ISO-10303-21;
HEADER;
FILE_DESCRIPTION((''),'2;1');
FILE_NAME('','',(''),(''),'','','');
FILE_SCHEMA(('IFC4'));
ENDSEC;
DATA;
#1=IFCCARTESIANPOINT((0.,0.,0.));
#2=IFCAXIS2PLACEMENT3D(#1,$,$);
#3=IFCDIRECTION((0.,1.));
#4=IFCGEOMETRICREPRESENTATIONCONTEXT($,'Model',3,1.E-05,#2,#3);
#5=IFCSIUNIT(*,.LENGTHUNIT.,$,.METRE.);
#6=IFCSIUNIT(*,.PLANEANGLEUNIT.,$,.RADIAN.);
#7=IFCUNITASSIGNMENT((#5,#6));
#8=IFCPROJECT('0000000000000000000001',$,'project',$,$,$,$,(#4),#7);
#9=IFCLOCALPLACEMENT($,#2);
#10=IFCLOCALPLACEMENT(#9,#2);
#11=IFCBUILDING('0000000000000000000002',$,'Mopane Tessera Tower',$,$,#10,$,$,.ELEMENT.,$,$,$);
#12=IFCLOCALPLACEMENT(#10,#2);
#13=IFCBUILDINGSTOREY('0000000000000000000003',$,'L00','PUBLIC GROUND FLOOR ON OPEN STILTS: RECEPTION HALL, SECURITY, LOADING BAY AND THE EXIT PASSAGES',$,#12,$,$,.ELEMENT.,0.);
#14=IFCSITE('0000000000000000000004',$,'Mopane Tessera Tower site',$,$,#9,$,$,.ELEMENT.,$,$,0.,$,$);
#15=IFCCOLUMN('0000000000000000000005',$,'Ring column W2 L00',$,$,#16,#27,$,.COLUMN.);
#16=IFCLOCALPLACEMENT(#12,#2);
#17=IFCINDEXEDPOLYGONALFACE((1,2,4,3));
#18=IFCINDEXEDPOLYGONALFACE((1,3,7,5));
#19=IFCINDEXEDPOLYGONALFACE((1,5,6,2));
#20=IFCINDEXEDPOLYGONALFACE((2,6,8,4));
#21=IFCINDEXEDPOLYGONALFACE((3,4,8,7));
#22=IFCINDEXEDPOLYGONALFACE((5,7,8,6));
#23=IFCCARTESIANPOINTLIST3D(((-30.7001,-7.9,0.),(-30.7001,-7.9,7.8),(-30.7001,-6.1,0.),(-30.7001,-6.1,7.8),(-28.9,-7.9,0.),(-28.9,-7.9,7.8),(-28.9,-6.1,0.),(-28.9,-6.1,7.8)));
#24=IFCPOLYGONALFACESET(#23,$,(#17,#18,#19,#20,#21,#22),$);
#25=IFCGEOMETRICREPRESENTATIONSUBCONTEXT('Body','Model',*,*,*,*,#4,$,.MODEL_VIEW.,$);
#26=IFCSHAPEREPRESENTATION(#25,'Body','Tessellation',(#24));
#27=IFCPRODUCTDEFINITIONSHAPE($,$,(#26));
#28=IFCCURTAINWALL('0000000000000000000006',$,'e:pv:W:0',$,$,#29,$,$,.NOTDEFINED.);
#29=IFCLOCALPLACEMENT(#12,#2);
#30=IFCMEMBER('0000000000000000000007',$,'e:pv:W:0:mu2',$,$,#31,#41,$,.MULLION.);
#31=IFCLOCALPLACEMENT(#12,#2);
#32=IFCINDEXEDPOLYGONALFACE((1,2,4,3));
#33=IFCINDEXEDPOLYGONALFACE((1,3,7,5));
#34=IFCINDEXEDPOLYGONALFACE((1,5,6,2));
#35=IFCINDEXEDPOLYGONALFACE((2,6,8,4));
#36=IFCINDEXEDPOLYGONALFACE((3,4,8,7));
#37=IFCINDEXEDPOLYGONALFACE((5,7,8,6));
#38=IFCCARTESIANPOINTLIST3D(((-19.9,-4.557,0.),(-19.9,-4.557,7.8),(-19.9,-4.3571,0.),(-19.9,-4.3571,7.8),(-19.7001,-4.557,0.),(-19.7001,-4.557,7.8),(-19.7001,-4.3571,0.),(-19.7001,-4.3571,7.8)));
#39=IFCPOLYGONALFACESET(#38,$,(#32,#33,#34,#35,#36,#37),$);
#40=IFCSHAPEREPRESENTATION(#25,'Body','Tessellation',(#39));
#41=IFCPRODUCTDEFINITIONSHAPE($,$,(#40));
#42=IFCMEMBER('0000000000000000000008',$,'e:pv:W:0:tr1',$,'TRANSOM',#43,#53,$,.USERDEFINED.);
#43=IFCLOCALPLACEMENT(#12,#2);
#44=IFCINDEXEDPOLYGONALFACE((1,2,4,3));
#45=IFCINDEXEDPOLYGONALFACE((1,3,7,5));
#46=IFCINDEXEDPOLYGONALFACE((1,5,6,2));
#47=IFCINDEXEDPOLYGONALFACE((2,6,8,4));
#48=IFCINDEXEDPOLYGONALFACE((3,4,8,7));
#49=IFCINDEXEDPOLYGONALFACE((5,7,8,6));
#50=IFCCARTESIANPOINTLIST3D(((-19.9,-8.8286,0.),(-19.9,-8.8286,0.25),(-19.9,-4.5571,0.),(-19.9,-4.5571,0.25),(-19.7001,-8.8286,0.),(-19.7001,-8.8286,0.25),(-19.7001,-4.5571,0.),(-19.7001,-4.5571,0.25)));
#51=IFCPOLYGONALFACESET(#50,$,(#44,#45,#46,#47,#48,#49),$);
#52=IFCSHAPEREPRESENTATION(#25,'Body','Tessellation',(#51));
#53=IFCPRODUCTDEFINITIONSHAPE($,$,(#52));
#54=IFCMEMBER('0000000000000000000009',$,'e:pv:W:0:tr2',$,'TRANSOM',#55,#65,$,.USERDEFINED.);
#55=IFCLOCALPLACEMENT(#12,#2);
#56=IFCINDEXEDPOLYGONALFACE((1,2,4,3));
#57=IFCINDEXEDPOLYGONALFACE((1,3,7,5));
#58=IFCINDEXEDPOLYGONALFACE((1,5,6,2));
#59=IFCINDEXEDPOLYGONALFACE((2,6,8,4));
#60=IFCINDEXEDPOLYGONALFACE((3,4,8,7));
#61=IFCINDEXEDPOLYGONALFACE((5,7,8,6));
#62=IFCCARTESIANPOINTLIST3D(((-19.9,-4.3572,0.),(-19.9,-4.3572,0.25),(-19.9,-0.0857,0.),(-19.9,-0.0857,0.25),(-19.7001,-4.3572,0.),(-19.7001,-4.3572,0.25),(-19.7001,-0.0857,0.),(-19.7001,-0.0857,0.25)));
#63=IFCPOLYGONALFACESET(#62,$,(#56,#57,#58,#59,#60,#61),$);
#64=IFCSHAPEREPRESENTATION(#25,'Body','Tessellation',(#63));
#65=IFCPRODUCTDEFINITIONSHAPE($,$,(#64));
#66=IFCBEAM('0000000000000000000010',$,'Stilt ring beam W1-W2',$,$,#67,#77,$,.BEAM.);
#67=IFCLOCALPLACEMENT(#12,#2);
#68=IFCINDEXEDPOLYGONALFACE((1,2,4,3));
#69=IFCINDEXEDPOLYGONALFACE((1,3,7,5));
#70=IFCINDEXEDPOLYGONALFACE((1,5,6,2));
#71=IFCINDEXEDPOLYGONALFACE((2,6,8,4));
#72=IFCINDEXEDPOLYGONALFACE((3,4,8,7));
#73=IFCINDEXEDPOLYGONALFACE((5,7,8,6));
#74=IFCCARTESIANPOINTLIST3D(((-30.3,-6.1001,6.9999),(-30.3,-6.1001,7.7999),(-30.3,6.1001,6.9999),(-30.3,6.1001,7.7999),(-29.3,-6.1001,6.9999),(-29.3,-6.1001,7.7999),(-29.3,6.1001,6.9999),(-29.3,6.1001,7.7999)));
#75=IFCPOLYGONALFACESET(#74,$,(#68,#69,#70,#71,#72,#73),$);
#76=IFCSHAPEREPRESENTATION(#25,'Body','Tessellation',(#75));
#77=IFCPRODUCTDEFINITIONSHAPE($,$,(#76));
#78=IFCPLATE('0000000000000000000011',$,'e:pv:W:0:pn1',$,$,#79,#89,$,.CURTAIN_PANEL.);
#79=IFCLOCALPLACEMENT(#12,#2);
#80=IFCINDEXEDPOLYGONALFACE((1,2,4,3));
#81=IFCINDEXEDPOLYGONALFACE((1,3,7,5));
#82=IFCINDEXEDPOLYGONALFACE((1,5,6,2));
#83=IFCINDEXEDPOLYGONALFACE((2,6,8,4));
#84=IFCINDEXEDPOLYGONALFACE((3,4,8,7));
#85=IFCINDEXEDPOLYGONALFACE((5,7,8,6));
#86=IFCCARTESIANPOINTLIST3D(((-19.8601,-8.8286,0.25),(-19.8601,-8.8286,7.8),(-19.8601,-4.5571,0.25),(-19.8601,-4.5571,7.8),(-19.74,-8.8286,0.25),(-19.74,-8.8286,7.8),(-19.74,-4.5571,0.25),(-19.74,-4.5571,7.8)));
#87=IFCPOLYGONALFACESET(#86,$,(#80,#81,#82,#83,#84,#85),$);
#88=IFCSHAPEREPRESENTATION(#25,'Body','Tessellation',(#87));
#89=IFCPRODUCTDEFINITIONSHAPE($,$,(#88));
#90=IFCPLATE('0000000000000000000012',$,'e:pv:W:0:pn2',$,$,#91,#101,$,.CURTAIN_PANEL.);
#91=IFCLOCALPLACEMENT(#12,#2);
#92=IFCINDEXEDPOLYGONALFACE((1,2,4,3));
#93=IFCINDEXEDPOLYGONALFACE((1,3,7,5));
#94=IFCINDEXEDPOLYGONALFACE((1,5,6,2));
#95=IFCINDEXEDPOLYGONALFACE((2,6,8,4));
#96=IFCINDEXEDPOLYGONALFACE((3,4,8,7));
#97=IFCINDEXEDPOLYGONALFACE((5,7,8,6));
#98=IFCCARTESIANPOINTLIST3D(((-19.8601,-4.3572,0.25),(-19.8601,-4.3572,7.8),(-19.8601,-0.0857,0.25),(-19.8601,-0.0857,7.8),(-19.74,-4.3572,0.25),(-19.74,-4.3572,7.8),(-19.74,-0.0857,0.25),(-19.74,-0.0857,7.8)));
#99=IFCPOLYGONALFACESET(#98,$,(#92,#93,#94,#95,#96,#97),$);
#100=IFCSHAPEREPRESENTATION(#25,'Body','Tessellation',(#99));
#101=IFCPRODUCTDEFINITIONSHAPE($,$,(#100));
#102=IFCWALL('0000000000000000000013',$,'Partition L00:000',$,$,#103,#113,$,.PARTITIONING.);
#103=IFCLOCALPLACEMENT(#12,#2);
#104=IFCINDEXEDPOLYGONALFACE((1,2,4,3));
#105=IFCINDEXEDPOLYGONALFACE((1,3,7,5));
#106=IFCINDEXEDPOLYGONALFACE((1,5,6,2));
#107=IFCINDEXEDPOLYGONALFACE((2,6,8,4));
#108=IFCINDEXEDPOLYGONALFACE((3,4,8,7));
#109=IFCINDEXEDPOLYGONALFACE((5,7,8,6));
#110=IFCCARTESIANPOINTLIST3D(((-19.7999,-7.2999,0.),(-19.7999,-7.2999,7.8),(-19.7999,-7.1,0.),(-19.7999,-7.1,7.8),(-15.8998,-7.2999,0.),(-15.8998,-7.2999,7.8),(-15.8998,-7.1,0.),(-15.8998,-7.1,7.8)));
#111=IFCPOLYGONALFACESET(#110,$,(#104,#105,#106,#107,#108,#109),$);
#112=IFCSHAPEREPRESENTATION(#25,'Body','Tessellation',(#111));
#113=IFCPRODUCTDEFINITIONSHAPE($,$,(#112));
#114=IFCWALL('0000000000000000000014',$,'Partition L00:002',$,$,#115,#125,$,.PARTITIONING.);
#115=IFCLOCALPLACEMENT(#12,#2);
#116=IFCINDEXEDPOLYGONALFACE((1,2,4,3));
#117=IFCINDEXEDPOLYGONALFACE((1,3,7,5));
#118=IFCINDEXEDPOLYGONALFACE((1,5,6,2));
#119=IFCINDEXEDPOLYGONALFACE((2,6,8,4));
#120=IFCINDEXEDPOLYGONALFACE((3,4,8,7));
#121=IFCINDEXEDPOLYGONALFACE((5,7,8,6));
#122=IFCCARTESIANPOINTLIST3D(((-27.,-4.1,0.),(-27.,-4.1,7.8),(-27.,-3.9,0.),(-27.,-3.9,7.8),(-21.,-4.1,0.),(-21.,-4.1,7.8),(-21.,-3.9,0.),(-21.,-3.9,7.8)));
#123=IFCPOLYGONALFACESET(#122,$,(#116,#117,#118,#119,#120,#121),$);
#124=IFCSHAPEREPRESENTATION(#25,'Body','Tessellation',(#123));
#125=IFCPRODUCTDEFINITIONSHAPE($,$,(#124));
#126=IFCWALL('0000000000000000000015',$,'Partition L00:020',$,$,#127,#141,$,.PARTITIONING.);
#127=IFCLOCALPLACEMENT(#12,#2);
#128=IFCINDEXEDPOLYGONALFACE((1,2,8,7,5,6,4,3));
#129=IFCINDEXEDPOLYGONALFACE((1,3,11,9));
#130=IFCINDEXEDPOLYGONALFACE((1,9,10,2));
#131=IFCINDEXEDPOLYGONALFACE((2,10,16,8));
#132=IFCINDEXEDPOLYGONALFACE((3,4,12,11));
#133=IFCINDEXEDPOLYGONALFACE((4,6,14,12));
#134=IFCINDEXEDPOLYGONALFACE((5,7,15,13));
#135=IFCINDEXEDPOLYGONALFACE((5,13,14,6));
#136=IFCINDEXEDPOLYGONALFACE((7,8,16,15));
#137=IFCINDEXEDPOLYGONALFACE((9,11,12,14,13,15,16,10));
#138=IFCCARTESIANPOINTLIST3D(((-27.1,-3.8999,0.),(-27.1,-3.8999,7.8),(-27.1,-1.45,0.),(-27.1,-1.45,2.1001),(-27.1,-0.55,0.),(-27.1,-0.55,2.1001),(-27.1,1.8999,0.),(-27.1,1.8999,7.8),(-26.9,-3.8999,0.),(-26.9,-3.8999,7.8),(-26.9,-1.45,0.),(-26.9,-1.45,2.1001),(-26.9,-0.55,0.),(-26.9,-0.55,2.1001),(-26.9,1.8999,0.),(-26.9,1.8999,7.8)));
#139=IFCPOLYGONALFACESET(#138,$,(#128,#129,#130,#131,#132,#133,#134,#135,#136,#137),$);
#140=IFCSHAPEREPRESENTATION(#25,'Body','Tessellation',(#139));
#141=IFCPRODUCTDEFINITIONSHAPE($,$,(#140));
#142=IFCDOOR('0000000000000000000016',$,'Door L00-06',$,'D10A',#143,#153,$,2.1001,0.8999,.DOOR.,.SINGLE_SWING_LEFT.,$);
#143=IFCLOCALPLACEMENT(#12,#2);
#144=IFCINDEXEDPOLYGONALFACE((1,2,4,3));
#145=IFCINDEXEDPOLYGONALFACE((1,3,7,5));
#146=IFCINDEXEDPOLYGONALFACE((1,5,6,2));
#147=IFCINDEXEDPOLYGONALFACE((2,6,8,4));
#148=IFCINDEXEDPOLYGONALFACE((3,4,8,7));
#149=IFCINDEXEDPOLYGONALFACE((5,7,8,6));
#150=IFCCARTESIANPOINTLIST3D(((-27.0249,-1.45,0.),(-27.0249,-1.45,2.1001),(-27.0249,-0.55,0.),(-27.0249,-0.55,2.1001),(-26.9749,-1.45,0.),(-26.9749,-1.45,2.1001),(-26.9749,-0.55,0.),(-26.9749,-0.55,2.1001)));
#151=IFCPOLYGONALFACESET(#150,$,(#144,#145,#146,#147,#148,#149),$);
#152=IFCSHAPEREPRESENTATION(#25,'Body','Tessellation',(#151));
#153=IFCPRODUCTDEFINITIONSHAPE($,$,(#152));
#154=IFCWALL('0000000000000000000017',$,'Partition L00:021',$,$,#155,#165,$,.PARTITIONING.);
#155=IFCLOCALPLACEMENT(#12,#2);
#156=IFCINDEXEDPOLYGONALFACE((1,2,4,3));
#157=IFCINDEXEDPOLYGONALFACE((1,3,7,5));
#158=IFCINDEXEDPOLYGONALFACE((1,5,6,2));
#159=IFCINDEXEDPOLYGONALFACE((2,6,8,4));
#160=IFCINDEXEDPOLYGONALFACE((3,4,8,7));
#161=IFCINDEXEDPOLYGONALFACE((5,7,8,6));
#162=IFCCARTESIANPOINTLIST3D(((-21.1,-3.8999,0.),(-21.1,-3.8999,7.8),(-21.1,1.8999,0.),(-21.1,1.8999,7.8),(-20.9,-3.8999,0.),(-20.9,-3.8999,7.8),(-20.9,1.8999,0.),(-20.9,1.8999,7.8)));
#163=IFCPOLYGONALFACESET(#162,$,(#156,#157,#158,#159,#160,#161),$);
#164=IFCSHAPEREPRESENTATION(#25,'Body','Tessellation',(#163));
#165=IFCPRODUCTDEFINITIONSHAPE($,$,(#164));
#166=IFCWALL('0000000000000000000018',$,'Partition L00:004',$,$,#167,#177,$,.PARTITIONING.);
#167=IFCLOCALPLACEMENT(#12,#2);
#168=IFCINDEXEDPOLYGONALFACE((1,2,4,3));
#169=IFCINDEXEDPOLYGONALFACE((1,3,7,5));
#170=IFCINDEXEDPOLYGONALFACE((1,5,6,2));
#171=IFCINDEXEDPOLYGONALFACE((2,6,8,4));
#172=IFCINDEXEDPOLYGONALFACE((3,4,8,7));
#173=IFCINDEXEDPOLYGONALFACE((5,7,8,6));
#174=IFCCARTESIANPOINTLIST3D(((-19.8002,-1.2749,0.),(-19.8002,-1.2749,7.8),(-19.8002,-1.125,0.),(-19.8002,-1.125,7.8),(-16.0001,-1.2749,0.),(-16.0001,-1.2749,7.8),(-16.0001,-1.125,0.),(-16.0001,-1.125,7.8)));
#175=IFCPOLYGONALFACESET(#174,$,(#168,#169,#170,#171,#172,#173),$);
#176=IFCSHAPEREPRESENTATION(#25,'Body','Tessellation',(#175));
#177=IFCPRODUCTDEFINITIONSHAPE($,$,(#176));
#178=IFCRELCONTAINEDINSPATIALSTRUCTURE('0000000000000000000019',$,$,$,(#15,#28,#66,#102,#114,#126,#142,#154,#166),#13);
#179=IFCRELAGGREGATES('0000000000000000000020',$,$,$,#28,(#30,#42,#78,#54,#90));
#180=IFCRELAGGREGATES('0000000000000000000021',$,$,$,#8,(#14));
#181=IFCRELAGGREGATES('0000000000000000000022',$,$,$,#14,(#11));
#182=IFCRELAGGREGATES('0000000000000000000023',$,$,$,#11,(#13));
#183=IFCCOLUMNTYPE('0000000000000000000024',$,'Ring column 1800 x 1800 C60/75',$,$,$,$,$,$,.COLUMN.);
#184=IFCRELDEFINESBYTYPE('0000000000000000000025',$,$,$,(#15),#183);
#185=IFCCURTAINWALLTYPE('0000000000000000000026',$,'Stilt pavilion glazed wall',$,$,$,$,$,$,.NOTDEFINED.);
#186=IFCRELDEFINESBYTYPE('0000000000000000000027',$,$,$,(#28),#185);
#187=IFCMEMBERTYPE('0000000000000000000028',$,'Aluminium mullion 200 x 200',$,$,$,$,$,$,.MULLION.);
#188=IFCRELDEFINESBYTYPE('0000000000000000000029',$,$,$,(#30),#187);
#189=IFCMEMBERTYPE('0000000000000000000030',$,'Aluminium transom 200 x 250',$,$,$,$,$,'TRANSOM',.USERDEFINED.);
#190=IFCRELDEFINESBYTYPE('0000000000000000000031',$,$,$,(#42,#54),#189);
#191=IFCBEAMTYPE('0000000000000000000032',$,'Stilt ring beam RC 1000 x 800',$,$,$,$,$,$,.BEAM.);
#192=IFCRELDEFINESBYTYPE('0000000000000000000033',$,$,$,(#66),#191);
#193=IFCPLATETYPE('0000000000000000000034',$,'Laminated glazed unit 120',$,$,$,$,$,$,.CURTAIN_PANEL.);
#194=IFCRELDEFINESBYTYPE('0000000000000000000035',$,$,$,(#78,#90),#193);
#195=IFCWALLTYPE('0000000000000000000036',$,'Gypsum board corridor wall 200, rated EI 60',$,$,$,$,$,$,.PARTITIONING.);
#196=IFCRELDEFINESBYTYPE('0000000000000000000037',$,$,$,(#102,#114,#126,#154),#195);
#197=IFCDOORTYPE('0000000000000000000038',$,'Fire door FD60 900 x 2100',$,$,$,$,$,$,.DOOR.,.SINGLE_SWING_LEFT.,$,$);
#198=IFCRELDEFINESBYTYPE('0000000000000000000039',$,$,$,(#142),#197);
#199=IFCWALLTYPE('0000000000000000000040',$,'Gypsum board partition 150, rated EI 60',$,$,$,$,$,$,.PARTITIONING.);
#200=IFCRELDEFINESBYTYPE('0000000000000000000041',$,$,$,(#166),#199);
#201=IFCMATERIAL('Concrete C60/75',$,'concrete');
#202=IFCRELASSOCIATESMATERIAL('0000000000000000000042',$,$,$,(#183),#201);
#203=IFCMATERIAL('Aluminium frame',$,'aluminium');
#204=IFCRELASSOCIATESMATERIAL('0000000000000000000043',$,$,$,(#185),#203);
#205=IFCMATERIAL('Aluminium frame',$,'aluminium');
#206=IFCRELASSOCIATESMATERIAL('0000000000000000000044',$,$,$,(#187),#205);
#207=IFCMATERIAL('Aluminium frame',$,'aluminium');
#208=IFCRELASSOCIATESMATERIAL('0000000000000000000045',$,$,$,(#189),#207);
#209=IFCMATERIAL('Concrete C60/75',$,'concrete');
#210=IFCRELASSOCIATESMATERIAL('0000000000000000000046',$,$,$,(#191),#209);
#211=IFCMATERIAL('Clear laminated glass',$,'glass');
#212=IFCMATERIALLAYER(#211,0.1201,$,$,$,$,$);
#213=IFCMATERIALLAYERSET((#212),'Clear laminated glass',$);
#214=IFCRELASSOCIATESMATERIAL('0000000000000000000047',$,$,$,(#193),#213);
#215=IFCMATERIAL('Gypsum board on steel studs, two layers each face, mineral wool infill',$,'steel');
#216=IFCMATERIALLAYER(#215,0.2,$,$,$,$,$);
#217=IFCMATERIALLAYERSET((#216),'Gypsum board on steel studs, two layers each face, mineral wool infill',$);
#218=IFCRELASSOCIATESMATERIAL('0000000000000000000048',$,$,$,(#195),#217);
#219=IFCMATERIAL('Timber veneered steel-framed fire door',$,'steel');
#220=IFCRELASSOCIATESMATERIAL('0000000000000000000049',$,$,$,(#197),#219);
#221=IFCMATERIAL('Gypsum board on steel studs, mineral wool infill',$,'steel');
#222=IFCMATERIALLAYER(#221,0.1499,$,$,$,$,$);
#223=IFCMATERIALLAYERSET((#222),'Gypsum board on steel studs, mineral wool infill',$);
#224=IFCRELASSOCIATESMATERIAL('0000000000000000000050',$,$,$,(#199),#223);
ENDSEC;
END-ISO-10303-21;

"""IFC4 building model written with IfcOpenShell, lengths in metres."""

from ifc_helpers import new_model, si_unit, direction, frame, frame_2d, origin, origin_2d, place, context, subcontext, project, spatial, rectangle, extrude, material, layer, layer_set, material_profile, profile_set, type_object, element, fill, aggregate, save


model = new_model("IFC4")

# Units and contexts
model_context = context("Model", 3, precision=1e-05, world=origin(), true_north=direction((0.0, 1.0)))
body_context = subcontext(model_context, "Body", "Model", "MODEL_VIEW")
ifc_project = project(units=[si_unit("LENGTHUNIT", "METRE"), si_unit("PLANEANGLEUNIT", "RADIAN")], contexts=[model_context])

# Site, building, storey
site_placement = place(None, origin())
site = spatial("IfcSite", under=ifc_project, at=site_placement, Name="Mopane Tessera Tower site", CompositionType="ELEMENT", RefElevation=0.0)
building_placement = place(site_placement, origin())
building = spatial("IfcBuilding", under=site, at=building_placement, Name="Mopane Tessera Tower", CompositionType="ELEMENT")
storey_placement = place(building_placement, origin())
storey = spatial("IfcBuildingStorey", under=building, at=storey_placement, Name="L00", Description="PUBLIC GROUND FLOOR ON OPEN STILTS: RECEPTION HALL, SECURITY, LOADING BAY AND THE EXIT PASSAGES", CompositionType="ELEMENT", Elevation=0.0)

# Column
ifc_material_1 = material(Name="Concrete C60/75", Category="concrete")
ifc_material_profile_1 = material_profile(ifc_material_1, rectangle(XDim=1.8, YDim=1.8, at=origin_2d()))
ifc_profile_set_1 = profile_set([ifc_material_profile_1], Name="Concrete C60/75")
column_type = type_object("IfcColumnType", Name="Ring column 1800 x 1800 C60/75", PredefinedType="COLUMN", material=ifc_profile_set_1)
column_placement = place(storey_placement, frame((-29.8, -7.0, 0.0), z_axis=(0.0, 0.0, 1.0), x_axis=(1.0, 0.0, 0.0)))
element("IfcColumn", 1, at=column_placement, inside=storey, type_object=column_type, Name="Ring column W2 L00", PredefinedType="COLUMN", context=body_context, shape_type="SweptSolid", body=[
    extrude(rectangle(XDim=1.8, YDim=1.8, at=origin_2d()), origin(), (0.0, 0.0, 1.0), 7.8),
])

# Curtain wall, members
ifc_material_2 = material(Name="Aluminium frame", Category="aluminium")
curtain_wall_type = type_object("IfcCurtainWallType", Name="Stilt pavilion glazed wall", PredefinedType="NOTDEFINED", material=ifc_material_2)
curtain_wall_placement = place(storey_placement, origin())
curtain_wall = element("IfcCurtainWall", 2, at=curtain_wall_placement, inside=storey, type_object=curtain_wall_type, Name="e:pv:W:0", PredefinedType="NOTDEFINED")
ifc_material_3 = material(Name="Aluminium frame", Category="aluminium")
ifc_material_profile_2 = material_profile(ifc_material_3, rectangle(XDim=0.2, YDim=0.2, at=origin_2d()))
ifc_profile_set_2 = profile_set([ifc_material_profile_2], Name="Aluminium frame")
member_type_1 = type_object("IfcMemberType", Name="Aluminium mullion 200 x 200", PredefinedType="MULLION", material=ifc_profile_set_2)
member_1_placement = place(storey_placement, frame((-19.8, -4.457, 0.0), z_axis=(0.0, 0.0, 1.0), x_axis=(0.0, 1.0, 0.0)))
member_1 = element("IfcMember", 3, at=member_1_placement, type_object=member_type_1, Name="e:pv:W:0:mu2", PredefinedType="MULLION", context=body_context, shape_type="SweptSolid", body=[
    extrude(rectangle(XDim=0.2, YDim=0.2, at=origin_2d()), origin(), (0.0, 0.0, 1.0), 7.8),
])
ifc_material_4 = material(Name="Aluminium frame", Category="aluminium")
ifc_material_profile_3 = material_profile(ifc_material_4, rectangle(XDim=0.2, YDim=0.25, at=origin_2d()))
ifc_profile_set_3 = profile_set([ifc_material_profile_3], Name="Aluminium frame")
member_type_2 = type_object("IfcMemberType", Name="Aluminium transom 200 x 250", ElementType="TRANSOM", PredefinedType="USERDEFINED", material=ifc_profile_set_3)
member_2_placement = place(storey_placement, frame((-19.8, -8.8286, 0.125), z_axis=(0.0, 1.0, 0.0), x_axis=(-1.0, 0.0, 0.0)))
member_2 = element("IfcMember", 4, at=member_2_placement, type_object=member_type_2, Name="e:pv:W:0:tr1", ObjectType="TRANSOM", PredefinedType="USERDEFINED", context=body_context, shape_type="SweptSolid", body=[
    extrude(rectangle(XDim=0.2, YDim=0.25, at=origin_2d()), origin(), (0.0, 0.0, 1.0), 4.2715),
])
member_3_placement = place(storey_placement, frame((-19.8, -4.3572, 0.125), z_axis=(0.0, 1.0, 0.0), x_axis=(-1.0, 0.0, 0.0)))
member_3 = element("IfcMember", 5, at=member_3_placement, type_object=member_type_2, Name="e:pv:W:0:tr2", ObjectType="TRANSOM", PredefinedType="USERDEFINED", context=body_context, shape_type="SweptSolid", body=[
    extrude(rectangle(XDim=0.2, YDim=0.25, at=origin_2d()), origin(), (0.0, 0.0, 1.0), 4.2715),
])

# Beam
ifc_material_5 = material(Name="Concrete C60/75", Category="concrete")
ifc_material_profile_4 = material_profile(ifc_material_5, rectangle(XDim=1.0, YDim=0.8, at=origin_2d()))
ifc_profile_set_4 = profile_set([ifc_material_profile_4], Name="Concrete C60/75")
beam_type = type_object("IfcBeamType", Name="Stilt ring beam RC 1000 x 800", PredefinedType="BEAM", material=ifc_profile_set_4)
beam_placement = place(storey_placement, frame((-29.8, -6.1001, 7.3999), z_axis=(0.0, 1.0, 0.0), x_axis=(-1.0, 0.0, 0.0)))
element("IfcBeam", 6, at=beam_placement, inside=storey, type_object=beam_type, Name="Stilt ring beam W1-W2", PredefinedType="BEAM", context=body_context, shape_type="SweptSolid", body=[
    extrude(rectangle(XDim=1.0, YDim=0.8, at=origin_2d()), origin(), (0.0, 0.0, 1.0), 12.2002),
])

# Plates
ifc_material_6 = material(Name="Clear laminated glass", Category="glass")
ifc_layer_1 = layer(ifc_material_6, 0.1201)
ifc_layer_set_1 = layer_set([ifc_layer_1], Name="Clear laminated glass")
plate_type = type_object("IfcPlateType", Name="Laminated glazed unit 120", PredefinedType="CURTAIN_PANEL", material=ifc_layer_set_1)
plate_1_placement = place(storey_placement, frame((-19.8, -6.6929, 0.25), z_axis=(0.0, 0.0, 1.0), x_axis=(0.0, 1.0, 0.0)))
plate_1 = element("IfcPlate", 7, at=plate_1_placement, type_object=plate_type, Name="e:pv:W:0:pn1", PredefinedType="CURTAIN_PANEL", context=body_context, shape_type="SweptSolid", body=[
    extrude(rectangle(XDim=4.2715, YDim=0.1201, at=origin_2d()), origin(), (0.0, 0.0, 1.0), 7.55),
])
plate_2_placement = place(storey_placement, frame((-19.8, -2.2214, 0.25), z_axis=(0.0, 0.0, 1.0), x_axis=(0.0, 1.0, 0.0)))
plate_2 = element("IfcPlate", 8, at=plate_2_placement, type_object=plate_type, Name="e:pv:W:0:pn2", PredefinedType="CURTAIN_PANEL", context=body_context, shape_type="SweptSolid", body=[
    extrude(rectangle(XDim=4.2715, YDim=0.1201, at=origin_2d()), origin(), (0.0, 0.0, 1.0), 7.55),
])
aggregate(curtain_wall, [member_1, member_2, plate_1, member_3, plate_2])

# Walls
ifc_material_7 = material(Name="Gypsum board on steel studs, two layers each face, mineral wool infill", Category="steel")
ifc_layer_2 = layer(ifc_material_7, 0.2)
ifc_layer_set_2 = layer_set([ifc_layer_2], Name="Gypsum board on steel studs, two layers each face, mineral wool infill")
wall_type_1 = type_object("IfcWallType", Name="Gypsum board corridor wall 200, rated EI 60", PredefinedType="PARTITIONING", material=ifc_layer_set_2)
wall_1_placement = place(storey_placement, frame((-19.8, -7.2, 0.0), z_axis=(0.0, 0.0, 1.0), x_axis=(1.0, 0.0, 0.0)))
element("IfcWall", 9, at=wall_1_placement, inside=storey, type_object=wall_type_1, Name="Partition L00:000", PredefinedType="PARTITIONING", context=body_context, shape_type="SweptSolid", body=[
    extrude(rectangle(XDim=3.9001, YDim=0.2, at=frame_2d((1.9502, 0.0))), origin(), (0.0, 0.0, 1.0), 7.8),
])
wall_2_placement = place(storey_placement, frame((-27.0, -4.0, 0.0), z_axis=(0.0, 0.0, 1.0), x_axis=(1.0, 0.0, 0.0)))
element("IfcWall", 10, at=wall_2_placement, inside=storey, type_object=wall_type_1, Name="Partition L00:002", PredefinedType="PARTITIONING", context=body_context, shape_type="SweptSolid", body=[
    extrude(rectangle(XDim=6.0, YDim=0.2, at=frame_2d((3.0, 0.0))), origin(), (0.0, 0.0, 1.0), 7.8),
])

# Wall, opening, door
wall_3_placement = place(storey_placement, frame((-27.0, -3.8999, 0.0), z_axis=(0.0, 0.0, 1.0), x_axis=(0.0, 1.0, 0.0)))
wall_3 = element("IfcWall", 11, at=wall_3_placement, inside=storey, type_object=wall_type_1, Name="Partition L00:020", PredefinedType="PARTITIONING", context=body_context, shape_type="SweptSolid", body=[
    extrude(rectangle(XDim=5.7998, YDim=0.2, at=frame_2d((2.8999, 0.0))), origin(), (0.0, 0.0, 1.0), 7.8),
])
opening_placement = place(wall_3_placement, frame((2.45, 0.0, 0.0)))
opening = element("IfcOpeningElement", 12, at=opening_placement, cuts=wall_3, PredefinedType="OPENING", context=body_context, shape_type="SweptSolid", body=[
    extrude(rectangle(XDim=0.8999, YDim=2.1001, at=frame_2d((0.45, 1.05))), frame((0.0, 0.1121, 0.0), z_axis=(0.0, -1.0, 0.0), x_axis=(1.0, 0.0, 0.0)), (0.0, 0.0, 1.0), 0.2239),
])
ifc_material_8 = material(Name="Timber veneered steel-framed fire door", Category="steel")
door_type = type_object("IfcDoorType", Name="Fire door FD60 900 x 2100", OperationType="SINGLE_SWING_LEFT", PredefinedType="DOOR", material=ifc_material_8)
door_placement = place(opening_placement, origin())
door = element("IfcDoor", 13, at=door_placement, inside=storey, type_object=door_type, Name="Door L00-06", ObjectType="D10A", OperationType="SINGLE_SWING_LEFT", OverallHeight=2.1001, OverallWidth=0.8999, PredefinedType="DOOR", context=body_context, shape_type="SweptSolid", body=[
    extrude(rectangle(XDim=0.8999, YDim=2.1001, at=frame_2d((0.45, 1.05))), frame((0.0, 0.0249, 0.0), z_axis=(0.0, -1.0, 0.0), x_axis=(1.0, 0.0, 0.0)), (0.0, 0.0, 1.0), 0.05),
])
fill(opening, door)

# Walls
wall_4_placement = place(storey_placement, frame((-21.0, -3.8999, 0.0), z_axis=(0.0, 0.0, 1.0), x_axis=(0.0, 1.0, 0.0)))
element("IfcWall", 14, at=wall_4_placement, inside=storey, type_object=wall_type_1, Name="Partition L00:021", PredefinedType="PARTITIONING", context=body_context, shape_type="SweptSolid", body=[
    extrude(rectangle(XDim=5.7998, YDim=0.2, at=frame_2d((2.8999, 0.0))), origin(), (0.0, 0.0, 1.0), 7.8),
])
ifc_material_9 = material(Name="Gypsum board on steel studs, mineral wool infill", Category="steel")
ifc_layer_3 = layer(ifc_material_9, 0.1499)
ifc_layer_set_3 = layer_set([ifc_layer_3], Name="Gypsum board on steel studs, mineral wool infill")
wall_type_2 = type_object("IfcWallType", Name="Gypsum board partition 150, rated EI 60", PredefinedType="PARTITIONING", material=ifc_layer_set_3)
wall_5_placement = place(storey_placement, frame((-19.8, -1.2, 0.0), z_axis=(0.0, 0.0, 1.0), x_axis=(1.0, 0.0, 0.0)))
element("IfcWall", 15, at=wall_5_placement, inside=storey, type_object=wall_type_2, Name="Partition L00:004", PredefinedType="PARTITIONING", context=body_context, shape_type="SweptSolid", body=[
    extrude(rectangle(XDim=3.8, YDim=0.1499, at=frame_2d((1.8999, 0.0))), origin(), (0.0, 0.0, 1.0), 7.8),
])

save(model, "model.ifc")
